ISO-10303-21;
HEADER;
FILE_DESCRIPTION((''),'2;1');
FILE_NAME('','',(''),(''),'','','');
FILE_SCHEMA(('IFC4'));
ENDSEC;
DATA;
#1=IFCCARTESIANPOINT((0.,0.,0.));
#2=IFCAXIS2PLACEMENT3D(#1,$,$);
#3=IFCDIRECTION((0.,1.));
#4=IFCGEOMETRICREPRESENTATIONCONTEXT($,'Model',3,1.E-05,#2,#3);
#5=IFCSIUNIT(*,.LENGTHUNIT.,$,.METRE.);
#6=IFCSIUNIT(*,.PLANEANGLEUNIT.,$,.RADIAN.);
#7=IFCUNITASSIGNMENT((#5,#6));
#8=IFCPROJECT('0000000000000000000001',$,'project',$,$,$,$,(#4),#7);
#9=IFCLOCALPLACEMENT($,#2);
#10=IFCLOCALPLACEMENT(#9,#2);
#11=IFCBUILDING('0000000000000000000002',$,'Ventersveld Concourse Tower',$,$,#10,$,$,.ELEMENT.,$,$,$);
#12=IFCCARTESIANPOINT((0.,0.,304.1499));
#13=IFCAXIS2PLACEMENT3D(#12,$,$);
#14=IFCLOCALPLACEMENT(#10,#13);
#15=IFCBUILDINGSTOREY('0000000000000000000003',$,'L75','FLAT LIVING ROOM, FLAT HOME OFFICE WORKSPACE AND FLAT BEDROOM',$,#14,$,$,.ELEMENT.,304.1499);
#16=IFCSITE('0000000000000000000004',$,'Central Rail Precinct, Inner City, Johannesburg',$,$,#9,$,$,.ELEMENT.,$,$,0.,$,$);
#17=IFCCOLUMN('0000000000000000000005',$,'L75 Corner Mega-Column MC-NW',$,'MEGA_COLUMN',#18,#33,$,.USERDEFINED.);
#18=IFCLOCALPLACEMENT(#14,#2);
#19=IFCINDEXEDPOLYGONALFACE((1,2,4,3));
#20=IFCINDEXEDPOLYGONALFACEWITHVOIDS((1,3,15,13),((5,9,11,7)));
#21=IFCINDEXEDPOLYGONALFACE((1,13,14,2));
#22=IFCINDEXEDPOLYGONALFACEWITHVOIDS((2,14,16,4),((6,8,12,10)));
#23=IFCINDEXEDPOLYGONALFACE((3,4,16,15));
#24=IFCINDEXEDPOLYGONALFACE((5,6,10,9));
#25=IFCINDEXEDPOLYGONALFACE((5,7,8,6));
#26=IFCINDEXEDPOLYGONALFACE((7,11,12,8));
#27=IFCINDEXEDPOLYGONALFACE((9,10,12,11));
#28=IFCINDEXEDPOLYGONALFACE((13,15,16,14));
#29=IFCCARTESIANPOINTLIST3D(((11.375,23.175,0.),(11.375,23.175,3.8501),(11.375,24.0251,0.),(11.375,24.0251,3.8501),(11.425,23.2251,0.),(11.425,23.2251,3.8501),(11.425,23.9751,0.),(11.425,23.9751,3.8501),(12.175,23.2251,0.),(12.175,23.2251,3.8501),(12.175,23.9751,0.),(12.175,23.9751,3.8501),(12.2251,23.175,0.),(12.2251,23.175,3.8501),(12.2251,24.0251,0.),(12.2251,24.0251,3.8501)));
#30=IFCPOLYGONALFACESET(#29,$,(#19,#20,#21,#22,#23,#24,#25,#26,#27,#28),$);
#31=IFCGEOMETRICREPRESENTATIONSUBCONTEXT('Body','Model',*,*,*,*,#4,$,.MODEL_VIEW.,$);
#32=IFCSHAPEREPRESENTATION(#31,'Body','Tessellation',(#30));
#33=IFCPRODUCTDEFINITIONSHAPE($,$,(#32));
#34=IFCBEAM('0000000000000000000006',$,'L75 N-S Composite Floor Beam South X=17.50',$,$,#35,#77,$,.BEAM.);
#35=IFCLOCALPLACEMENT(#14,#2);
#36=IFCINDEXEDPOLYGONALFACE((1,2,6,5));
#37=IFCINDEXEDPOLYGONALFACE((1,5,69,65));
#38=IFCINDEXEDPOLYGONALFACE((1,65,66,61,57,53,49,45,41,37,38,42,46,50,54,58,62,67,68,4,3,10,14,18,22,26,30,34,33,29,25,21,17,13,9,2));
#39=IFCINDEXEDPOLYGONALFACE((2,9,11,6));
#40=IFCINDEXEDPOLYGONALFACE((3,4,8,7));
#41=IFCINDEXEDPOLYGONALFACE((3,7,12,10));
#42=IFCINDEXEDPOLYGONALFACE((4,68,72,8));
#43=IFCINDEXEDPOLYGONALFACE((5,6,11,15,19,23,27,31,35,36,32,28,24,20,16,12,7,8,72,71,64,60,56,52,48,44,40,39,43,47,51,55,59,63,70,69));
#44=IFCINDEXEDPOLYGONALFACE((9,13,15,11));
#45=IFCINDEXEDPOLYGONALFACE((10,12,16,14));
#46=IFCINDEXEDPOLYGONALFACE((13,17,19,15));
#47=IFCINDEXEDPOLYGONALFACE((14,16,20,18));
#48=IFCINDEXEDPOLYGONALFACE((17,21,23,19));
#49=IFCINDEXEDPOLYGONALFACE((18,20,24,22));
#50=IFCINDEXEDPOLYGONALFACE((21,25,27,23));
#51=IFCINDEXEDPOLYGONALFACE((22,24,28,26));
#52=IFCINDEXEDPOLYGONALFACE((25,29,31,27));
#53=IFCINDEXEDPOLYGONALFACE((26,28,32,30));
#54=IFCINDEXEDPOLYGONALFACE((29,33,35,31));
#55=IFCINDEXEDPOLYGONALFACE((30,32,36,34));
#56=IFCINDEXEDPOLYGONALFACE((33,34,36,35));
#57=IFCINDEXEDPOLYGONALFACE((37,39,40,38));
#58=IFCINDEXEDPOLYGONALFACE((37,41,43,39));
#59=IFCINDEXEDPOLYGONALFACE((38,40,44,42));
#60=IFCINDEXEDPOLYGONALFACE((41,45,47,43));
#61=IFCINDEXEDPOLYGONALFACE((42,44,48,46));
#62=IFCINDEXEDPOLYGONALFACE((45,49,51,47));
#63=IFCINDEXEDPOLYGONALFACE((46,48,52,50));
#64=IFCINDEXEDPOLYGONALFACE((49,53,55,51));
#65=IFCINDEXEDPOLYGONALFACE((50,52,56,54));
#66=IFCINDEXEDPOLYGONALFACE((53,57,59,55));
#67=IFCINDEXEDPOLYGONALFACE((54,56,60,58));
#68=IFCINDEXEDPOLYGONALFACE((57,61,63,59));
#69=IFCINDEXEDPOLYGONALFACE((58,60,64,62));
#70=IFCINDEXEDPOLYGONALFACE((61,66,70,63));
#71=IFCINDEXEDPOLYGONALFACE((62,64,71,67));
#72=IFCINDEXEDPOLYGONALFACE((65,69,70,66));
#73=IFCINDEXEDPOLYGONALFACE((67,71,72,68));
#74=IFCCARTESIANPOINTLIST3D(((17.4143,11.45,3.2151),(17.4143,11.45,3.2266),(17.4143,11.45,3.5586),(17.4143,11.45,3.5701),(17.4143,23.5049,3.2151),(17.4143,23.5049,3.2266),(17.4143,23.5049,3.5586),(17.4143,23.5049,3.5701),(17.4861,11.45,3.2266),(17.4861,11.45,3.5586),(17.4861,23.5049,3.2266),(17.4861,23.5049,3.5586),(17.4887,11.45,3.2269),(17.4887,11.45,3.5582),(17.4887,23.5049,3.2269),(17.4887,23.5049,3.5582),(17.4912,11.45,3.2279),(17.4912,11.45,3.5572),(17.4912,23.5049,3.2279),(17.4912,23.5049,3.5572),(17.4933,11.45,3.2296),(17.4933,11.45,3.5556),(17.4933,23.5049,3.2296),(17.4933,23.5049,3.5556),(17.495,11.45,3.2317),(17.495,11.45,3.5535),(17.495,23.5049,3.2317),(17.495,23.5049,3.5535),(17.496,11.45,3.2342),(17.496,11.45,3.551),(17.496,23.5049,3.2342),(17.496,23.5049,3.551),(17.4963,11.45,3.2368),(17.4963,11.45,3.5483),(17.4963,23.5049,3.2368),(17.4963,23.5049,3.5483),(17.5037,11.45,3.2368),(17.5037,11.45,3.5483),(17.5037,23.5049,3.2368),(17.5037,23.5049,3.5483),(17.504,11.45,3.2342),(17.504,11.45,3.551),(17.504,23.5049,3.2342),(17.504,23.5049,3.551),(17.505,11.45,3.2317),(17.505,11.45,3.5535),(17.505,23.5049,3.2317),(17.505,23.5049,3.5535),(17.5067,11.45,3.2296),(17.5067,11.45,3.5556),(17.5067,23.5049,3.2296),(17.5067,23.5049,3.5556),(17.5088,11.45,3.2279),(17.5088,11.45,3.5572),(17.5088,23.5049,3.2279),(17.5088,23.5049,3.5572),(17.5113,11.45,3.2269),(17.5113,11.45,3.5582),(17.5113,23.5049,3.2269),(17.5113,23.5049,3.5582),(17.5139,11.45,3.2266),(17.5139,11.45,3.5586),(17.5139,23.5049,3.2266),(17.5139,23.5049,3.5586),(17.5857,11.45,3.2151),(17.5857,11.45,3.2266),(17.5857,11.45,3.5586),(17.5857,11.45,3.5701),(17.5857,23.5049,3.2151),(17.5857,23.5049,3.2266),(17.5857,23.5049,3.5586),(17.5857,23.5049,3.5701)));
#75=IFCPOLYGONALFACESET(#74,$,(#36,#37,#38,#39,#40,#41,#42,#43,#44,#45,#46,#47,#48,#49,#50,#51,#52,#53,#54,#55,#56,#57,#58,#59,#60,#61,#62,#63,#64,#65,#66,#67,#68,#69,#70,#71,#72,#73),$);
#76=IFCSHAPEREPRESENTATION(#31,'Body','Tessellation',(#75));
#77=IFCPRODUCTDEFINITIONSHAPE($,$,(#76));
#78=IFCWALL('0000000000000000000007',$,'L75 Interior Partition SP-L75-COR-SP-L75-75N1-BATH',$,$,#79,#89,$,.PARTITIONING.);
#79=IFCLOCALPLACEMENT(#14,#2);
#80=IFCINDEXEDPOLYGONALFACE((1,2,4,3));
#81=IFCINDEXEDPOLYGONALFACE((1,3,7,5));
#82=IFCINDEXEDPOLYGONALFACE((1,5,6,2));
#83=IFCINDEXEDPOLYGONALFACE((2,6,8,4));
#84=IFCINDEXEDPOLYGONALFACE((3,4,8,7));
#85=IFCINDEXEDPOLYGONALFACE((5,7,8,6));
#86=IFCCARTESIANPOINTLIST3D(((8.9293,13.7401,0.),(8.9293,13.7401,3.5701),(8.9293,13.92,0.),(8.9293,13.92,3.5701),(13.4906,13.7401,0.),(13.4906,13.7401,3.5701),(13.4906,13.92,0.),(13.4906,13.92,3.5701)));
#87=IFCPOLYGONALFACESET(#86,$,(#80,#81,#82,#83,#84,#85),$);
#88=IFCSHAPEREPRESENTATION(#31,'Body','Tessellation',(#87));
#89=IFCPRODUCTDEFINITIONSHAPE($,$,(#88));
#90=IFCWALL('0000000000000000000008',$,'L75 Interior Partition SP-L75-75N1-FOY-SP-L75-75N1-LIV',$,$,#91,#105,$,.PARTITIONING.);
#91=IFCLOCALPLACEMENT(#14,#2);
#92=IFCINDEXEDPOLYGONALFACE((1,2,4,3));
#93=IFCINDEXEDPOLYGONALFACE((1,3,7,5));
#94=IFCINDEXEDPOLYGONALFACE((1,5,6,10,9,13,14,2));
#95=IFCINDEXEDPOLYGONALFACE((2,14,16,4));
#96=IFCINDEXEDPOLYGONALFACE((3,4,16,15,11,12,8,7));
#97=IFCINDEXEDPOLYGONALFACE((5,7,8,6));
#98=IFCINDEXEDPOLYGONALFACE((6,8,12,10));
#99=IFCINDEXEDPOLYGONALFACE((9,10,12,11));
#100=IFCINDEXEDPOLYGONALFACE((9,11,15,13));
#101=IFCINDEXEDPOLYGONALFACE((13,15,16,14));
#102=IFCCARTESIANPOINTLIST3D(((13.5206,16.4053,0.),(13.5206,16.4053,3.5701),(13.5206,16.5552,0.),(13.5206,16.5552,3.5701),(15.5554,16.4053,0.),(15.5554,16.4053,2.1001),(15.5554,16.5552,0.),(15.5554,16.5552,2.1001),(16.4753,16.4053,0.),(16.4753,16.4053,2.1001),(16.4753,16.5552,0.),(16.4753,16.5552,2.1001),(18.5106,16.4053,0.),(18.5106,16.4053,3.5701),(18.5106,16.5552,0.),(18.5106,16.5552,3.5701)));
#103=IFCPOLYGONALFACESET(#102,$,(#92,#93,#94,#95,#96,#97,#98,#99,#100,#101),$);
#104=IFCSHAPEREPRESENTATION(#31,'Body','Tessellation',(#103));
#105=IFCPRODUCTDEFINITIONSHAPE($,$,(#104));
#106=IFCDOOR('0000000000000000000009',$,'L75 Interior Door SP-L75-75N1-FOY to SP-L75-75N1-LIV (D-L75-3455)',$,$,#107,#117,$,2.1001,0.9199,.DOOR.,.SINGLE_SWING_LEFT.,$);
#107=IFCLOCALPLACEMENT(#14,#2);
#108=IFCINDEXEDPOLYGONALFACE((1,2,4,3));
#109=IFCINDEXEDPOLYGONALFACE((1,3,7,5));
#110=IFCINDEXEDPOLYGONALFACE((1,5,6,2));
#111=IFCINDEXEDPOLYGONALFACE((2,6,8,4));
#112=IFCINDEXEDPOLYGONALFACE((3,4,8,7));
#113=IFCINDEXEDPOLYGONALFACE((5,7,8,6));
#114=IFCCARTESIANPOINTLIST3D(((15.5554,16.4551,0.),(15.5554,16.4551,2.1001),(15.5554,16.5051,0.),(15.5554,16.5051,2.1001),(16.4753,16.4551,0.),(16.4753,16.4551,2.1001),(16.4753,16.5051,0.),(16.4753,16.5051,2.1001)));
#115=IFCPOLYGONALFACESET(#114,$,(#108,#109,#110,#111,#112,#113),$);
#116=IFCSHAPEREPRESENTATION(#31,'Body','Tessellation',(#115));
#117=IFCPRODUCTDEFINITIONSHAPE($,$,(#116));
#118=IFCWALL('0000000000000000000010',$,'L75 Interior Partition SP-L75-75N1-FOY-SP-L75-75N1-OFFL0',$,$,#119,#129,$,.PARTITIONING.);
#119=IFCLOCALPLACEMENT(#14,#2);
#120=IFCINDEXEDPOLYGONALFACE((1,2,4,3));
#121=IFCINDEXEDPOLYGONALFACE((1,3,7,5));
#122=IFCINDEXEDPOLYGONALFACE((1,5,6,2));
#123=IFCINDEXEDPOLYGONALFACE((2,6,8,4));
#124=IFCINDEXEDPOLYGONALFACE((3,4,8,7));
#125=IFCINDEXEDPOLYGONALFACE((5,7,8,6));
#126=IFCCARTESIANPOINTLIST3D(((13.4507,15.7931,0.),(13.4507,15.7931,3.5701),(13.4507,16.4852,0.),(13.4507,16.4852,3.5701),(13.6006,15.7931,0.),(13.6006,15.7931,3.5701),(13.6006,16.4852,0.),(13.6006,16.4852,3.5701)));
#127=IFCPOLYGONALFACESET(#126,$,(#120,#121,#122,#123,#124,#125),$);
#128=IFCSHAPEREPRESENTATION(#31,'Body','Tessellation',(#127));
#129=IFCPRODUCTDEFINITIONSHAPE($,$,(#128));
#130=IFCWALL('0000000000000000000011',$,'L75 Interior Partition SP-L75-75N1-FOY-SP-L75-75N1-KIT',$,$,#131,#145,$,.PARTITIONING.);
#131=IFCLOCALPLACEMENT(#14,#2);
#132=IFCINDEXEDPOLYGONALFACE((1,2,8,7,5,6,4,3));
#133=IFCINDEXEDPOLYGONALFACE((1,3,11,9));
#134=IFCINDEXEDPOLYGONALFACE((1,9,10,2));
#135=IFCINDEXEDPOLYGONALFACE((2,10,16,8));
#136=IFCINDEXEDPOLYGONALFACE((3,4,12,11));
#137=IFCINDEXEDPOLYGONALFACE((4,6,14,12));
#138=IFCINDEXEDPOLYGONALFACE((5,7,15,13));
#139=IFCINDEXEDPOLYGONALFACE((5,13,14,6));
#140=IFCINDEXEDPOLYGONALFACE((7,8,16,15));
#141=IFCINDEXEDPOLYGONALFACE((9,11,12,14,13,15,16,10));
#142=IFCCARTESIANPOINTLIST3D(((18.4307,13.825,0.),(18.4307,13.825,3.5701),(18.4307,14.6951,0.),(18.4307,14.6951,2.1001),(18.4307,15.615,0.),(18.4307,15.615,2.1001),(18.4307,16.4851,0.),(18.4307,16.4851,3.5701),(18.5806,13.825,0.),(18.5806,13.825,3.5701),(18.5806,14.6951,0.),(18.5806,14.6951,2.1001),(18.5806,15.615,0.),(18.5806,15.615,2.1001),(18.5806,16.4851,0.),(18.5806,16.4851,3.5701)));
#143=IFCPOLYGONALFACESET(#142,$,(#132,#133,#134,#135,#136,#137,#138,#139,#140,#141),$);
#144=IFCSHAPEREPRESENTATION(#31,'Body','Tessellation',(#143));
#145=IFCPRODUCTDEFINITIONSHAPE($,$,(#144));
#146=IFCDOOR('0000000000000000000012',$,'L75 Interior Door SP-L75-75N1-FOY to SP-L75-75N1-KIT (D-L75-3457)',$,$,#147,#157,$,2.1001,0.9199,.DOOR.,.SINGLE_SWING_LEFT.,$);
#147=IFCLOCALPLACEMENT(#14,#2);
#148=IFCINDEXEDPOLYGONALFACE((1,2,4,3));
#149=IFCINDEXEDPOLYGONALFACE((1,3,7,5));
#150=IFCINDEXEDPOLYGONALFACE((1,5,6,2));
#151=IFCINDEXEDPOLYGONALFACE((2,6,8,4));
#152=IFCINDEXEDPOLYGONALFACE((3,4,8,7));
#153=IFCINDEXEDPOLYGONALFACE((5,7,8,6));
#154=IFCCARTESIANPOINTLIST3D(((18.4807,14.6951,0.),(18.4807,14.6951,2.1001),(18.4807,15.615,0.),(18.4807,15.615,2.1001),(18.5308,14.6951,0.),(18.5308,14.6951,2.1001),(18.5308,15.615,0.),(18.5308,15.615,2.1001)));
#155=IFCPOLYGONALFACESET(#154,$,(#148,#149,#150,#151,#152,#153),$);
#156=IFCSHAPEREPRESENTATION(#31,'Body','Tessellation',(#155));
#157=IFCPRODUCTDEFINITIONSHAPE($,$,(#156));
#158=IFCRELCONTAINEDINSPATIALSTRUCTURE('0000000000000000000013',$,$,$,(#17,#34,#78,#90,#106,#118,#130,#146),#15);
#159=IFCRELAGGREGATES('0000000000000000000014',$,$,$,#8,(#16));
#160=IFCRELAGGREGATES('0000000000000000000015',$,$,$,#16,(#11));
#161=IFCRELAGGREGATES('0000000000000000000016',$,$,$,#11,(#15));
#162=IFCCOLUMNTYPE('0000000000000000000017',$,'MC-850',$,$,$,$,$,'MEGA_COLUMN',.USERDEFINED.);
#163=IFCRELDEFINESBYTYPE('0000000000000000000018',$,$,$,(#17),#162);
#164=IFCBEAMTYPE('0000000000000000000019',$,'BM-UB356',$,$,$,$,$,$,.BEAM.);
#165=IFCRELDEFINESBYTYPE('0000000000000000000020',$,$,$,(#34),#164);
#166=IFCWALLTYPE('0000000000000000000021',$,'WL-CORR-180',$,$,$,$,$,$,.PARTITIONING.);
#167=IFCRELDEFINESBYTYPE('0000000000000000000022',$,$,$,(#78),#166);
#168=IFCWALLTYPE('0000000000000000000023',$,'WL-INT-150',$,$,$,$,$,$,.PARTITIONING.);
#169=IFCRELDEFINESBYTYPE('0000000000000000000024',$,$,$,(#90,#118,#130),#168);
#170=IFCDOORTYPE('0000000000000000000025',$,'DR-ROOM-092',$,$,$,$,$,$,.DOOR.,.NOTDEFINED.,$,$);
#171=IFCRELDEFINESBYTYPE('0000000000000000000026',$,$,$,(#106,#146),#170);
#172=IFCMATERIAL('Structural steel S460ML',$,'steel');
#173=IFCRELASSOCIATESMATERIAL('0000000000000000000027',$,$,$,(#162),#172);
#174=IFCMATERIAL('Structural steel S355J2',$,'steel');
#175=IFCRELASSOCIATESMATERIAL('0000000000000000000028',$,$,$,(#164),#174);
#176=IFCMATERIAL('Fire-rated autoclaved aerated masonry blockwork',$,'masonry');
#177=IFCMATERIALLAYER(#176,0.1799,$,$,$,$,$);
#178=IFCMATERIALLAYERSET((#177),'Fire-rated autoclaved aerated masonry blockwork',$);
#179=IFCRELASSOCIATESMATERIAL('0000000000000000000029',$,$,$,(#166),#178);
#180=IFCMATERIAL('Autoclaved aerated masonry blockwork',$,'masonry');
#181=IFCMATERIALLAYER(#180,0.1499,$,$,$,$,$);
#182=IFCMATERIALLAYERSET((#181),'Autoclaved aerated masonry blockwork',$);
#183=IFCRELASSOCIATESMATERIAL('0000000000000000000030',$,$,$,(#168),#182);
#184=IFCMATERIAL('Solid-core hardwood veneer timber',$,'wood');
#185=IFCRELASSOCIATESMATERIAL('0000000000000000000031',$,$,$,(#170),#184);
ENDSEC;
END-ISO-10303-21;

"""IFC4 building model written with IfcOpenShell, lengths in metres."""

from ifc_helpers import new_model, si_unit, direction, frame, frame_2d, origin, origin_2d, place, context, subcontext, project, spatial, rectangle, hollow_rectangle, i_section, extrude, material, layer, layer_set, material_profile, profile_set, type_object, element, fill, save


model = new_model("IFC4")

# Units and contexts
model_context = context("Model", 3, precision=1e-05, world=origin(), true_north=direction((0.0, 1.0)))
body_context = subcontext(model_context, "Body", "Model", "MODEL_VIEW")
ifc_project = project(units=[si_unit("LENGTHUNIT", "METRE"), si_unit("PLANEANGLEUNIT", "RADIAN")], contexts=[model_context])

# Site, building, storey
site_placement = place(None, origin())
site = spatial("IfcSite", under=ifc_project, at=site_placement, Name="Central Rail Precinct, Inner City, Johannesburg", CompositionType="ELEMENT", RefElevation=0.0)
building_placement = place(site_placement, origin())
building = spatial("IfcBuilding", under=site, at=building_placement, Name="Ventersveld Concourse Tower", CompositionType="ELEMENT")
storey_placement = place(building_placement, frame((0.0, 0.0, 304.1499)))
storey = spatial("IfcBuildingStorey", under=building, at=storey_placement, Name="L75", Description="FLAT LIVING ROOM, FLAT HOME OFFICE WORKSPACE AND FLAT BEDROOM", CompositionType="ELEMENT", Elevation=304.1499)

# Column
ifc_material_1 = material(Name="Structural steel S460ML", Category="steel")
ifc_material_profile_1 = material_profile(ifc_material_1, hollow_rectangle(XDim=0.8501, YDim=0.8501, WallThickness=0.05, at=origin_2d()), Name="BOX 850x850x50")
ifc_profile_set_1 = profile_set([ifc_material_profile_1], Name="Structural steel S460ML")
column_type = type_object("IfcColumnType", Name="MC-850", ElementType="MEGA_COLUMN", PredefinedType="USERDEFINED", material=ifc_profile_set_1)
column_placement = place(storey_placement, frame((11.8, 23.6001, 0.0), z_axis=(0.0, 0.0, 1.0), x_axis=(1.0, 0.0, 0.0)))
element("IfcColumn", 1, at=column_placement, inside=storey, type_object=column_type, Name="L75 Corner Mega-Column MC-NW", ObjectType="MEGA_COLUMN", PredefinedType="USERDEFINED", context=body_context, shape_type="SweptSolid", body=[
    extrude(hollow_rectangle(XDim=0.8501, YDim=0.8501, WallThickness=0.05, at=origin_2d()), origin(), (0.0, 0.0, 1.0), 3.8501),
])

# Beam
ifc_material_2 = material(Name="Structural steel S355J2", Category="steel")
ifc_material_profile_2 = material_profile(ifc_material_2, i_section(OverallWidth=0.1714, OverallDepth=0.355, WebThickness=0.0073, FlangeThickness=0.0115, FilletRadius=0.0103, at=origin_2d()), Name="UB 356x171x51")
ifc_profile_set_2 = profile_set([ifc_material_profile_2], Name="Structural steel S355J2")
beam_type = type_object("IfcBeamType", Name="BM-UB356", PredefinedType="BEAM", material=ifc_profile_set_2)
beam_placement = place(storey_placement, frame((17.5, 11.45, 3.3926), z_axis=(0.0, 1.0, 0.0), x_axis=(-1.0, 0.0, 0.0)))
element("IfcBeam", 2, at=beam_placement, inside=storey, type_object=beam_type, Name="L75 N-S Composite Floor Beam South X=17.50", PredefinedType="BEAM", context=body_context, shape_type="SweptSolid", body=[
    extrude(i_section(OverallWidth=0.1714, OverallDepth=0.355, WebThickness=0.0073, FlangeThickness=0.0115, FilletRadius=0.0103, at=origin_2d()), origin(), (0.0, 0.0, 1.0), 12.0549),
])

# Shared definitions
ifc_material_3 = material(Name="Fire-rated autoclaved aerated masonry blockwork", Category="masonry")
ifc_layer_1 = layer(ifc_material_3, 0.1799)
ifc_layer_set_1 = layer_set([ifc_layer_1], Name="Fire-rated autoclaved aerated masonry blockwork")
wall_type_1 = type_object("IfcWallType", Name="WL-CORR-180", PredefinedType="PARTITIONING", material=ifc_layer_set_1)
ifc_material_4 = material(Name="Solid-core hardwood veneer timber", Category="wood")

# Wall
wall_1_placement = place(storey_placement, frame((8.9292, 13.8301, 0.0), z_axis=(0.0, 0.0, 1.0), x_axis=(1.0, 0.0, 0.0)))
element("IfcWall", 3, at=wall_1_placement, inside=storey, type_object=wall_type_1, Name="L75 Interior Partition SP-L75-COR-SP-L75-75N1-BATH", PredefinedType="PARTITIONING", context=body_context, shape_type="SweptSolid", body=[
    extrude(rectangle(XDim=4.5613, YDim=0.1799, at=frame_2d((2.2808, 0.0))), origin(), (0.0, 0.0, 1.0), 3.5701),
])

# Wall, opening, door
ifc_material_5 = material(Name="Autoclaved aerated masonry blockwork", Category="masonry")
ifc_layer_2 = layer(ifc_material_5, 0.1499)
ifc_layer_set_2 = layer_set([ifc_layer_2], Name="Autoclaved aerated masonry blockwork")
wall_type_2 = type_object("IfcWallType", Name="WL-INT-150", PredefinedType="PARTITIONING", material=ifc_layer_set_2)
wall_2_placement = place(storey_placement, frame((13.5205, 16.4802, 0.0), z_axis=(0.0, 0.0, 1.0), x_axis=(1.0, 0.0, 0.0)))
wall_2 = element("IfcWall", 4, at=wall_2_placement, inside=storey, type_object=wall_type_2, Name="L75 Interior Partition SP-L75-75N1-FOY-SP-L75-75N1-LIV", PredefinedType="PARTITIONING", context=body_context, shape_type="SweptSolid", body=[
    extrude(rectangle(XDim=4.99, YDim=0.1499, at=frame_2d((2.4951, 0.0))), origin(), (0.0, 0.0, 1.0), 3.5701),
])
opening_1_placement = place(wall_2_placement, frame((2.0349, 0.0, 0.0)))
opening_1 = element("IfcOpeningElement", 5, at=opening_1_placement, cuts=wall_2, PredefinedType="OPENING", context=body_context, shape_type="SweptSolid", body=[
    extrude(rectangle(XDim=0.9199, YDim=2.1001, at=frame_2d((0.46, 1.05))), frame((0.0, 0.085, 0.0), z_axis=(0.0, -1.0, 0.0), x_axis=(1.0, 0.0, 0.0)), (0.0, 0.0, 1.0), 0.1699),
])
door_type_1 = type_object("IfcDoorType", Name="DR-ROOM-092", OperationType="NOTDEFINED", PredefinedType="DOOR", material=ifc_material_4)
door_1_placement = place(opening_1_placement, origin())
door_1 = element("IfcDoor", 6, at=door_1_placement, inside=storey, type_object=door_type_1, Name="L75 Interior Door SP-L75-75N1-FOY to SP-L75-75N1-LIV (D-L75-3455)", OperationType="SINGLE_SWING_LEFT", OverallHeight=2.1001, OverallWidth=0.9199, PredefinedType="DOOR", context=body_context, shape_type="SweptSolid", body=[
    extrude(rectangle(XDim=0.9199, YDim=2.1001, at=frame_2d((0.46, 1.05))), frame((0.0, 0.0249, 0.0), z_axis=(0.0, -1.0, 0.0), x_axis=(1.0, 0.0, 0.0)), (0.0, 0.0, 1.0), 0.05),
])
fill(opening_1, door_1)

# Wall
wall_3_placement = place(storey_placement, frame((13.5256, 15.793, 0.0), z_axis=(0.0, 0.0, 1.0), x_axis=(0.0, 1.0, 0.0)))
element("IfcWall", 7, at=wall_3_placement, inside=storey, type_object=wall_type_2, Name="L75 Interior Partition SP-L75-75N1-FOY-SP-L75-75N1-OFFL0", PredefinedType="PARTITIONING", context=body_context, shape_type="SweptSolid", body=[
    extrude(rectangle(XDim=0.6921, YDim=0.1499, at=frame_2d((0.3462, 0.0))), origin(), (0.0, 0.0, 1.0), 3.5701),
])

# Wall, opening, door
wall_4_placement = place(storey_placement, frame((18.5056, 13.825, 0.0), z_axis=(0.0, 0.0, 1.0), x_axis=(0.0, 1.0, 0.0)))
wall_4 = element("IfcWall", 8, at=wall_4_placement, inside=storey, type_object=wall_type_2, Name="L75 Interior Partition SP-L75-75N1-FOY-SP-L75-75N1-KIT", PredefinedType="PARTITIONING", context=body_context, shape_type="SweptSolid", body=[
    extrude(rectangle(XDim=2.6602, YDim=0.1499, at=frame_2d((1.3301, 0.0))), origin(), (0.0, 0.0, 1.0), 3.5701),
])
opening_2_placement = place(wall_4_placement, frame((0.8701, 0.0, 0.0)))
opening_2 = element("IfcOpeningElement", 9, at=opening_2_placement, cuts=wall_4, PredefinedType="OPENING", context=body_context, shape_type="SweptSolid", body=[
    extrude(rectangle(XDim=0.9199, YDim=2.1001, at=frame_2d((0.46, 1.05))), frame((0.0, 0.085, 0.0), z_axis=(0.0, -1.0, 0.0), x_axis=(1.0, 0.0, 0.0)), (0.0, 0.0, 1.0), 0.1699),
])
door_2_placement = place(opening_2_placement, origin())
door_2 = element("IfcDoor", 10, at=door_2_placement, inside=storey, type_object=door_type_1, Name="L75 Interior Door SP-L75-75N1-FOY to SP-L75-75N1-KIT (D-L75-3457)", OperationType="SINGLE_SWING_LEFT", OverallHeight=2.1001, OverallWidth=0.9199, PredefinedType="DOOR", context=body_context, shape_type="SweptSolid", body=[
    extrude(rectangle(XDim=0.9199, YDim=2.1001, at=frame_2d((0.46, 1.05))), frame((0.0, 0.0249, 0.0), z_axis=(0.0, -1.0, 0.0), x_axis=(1.0, 0.0, 0.0)), (0.0, 0.0, 1.0), 0.05),
])
fill(opening_2, door_2)

save(model, "model.ifc")
